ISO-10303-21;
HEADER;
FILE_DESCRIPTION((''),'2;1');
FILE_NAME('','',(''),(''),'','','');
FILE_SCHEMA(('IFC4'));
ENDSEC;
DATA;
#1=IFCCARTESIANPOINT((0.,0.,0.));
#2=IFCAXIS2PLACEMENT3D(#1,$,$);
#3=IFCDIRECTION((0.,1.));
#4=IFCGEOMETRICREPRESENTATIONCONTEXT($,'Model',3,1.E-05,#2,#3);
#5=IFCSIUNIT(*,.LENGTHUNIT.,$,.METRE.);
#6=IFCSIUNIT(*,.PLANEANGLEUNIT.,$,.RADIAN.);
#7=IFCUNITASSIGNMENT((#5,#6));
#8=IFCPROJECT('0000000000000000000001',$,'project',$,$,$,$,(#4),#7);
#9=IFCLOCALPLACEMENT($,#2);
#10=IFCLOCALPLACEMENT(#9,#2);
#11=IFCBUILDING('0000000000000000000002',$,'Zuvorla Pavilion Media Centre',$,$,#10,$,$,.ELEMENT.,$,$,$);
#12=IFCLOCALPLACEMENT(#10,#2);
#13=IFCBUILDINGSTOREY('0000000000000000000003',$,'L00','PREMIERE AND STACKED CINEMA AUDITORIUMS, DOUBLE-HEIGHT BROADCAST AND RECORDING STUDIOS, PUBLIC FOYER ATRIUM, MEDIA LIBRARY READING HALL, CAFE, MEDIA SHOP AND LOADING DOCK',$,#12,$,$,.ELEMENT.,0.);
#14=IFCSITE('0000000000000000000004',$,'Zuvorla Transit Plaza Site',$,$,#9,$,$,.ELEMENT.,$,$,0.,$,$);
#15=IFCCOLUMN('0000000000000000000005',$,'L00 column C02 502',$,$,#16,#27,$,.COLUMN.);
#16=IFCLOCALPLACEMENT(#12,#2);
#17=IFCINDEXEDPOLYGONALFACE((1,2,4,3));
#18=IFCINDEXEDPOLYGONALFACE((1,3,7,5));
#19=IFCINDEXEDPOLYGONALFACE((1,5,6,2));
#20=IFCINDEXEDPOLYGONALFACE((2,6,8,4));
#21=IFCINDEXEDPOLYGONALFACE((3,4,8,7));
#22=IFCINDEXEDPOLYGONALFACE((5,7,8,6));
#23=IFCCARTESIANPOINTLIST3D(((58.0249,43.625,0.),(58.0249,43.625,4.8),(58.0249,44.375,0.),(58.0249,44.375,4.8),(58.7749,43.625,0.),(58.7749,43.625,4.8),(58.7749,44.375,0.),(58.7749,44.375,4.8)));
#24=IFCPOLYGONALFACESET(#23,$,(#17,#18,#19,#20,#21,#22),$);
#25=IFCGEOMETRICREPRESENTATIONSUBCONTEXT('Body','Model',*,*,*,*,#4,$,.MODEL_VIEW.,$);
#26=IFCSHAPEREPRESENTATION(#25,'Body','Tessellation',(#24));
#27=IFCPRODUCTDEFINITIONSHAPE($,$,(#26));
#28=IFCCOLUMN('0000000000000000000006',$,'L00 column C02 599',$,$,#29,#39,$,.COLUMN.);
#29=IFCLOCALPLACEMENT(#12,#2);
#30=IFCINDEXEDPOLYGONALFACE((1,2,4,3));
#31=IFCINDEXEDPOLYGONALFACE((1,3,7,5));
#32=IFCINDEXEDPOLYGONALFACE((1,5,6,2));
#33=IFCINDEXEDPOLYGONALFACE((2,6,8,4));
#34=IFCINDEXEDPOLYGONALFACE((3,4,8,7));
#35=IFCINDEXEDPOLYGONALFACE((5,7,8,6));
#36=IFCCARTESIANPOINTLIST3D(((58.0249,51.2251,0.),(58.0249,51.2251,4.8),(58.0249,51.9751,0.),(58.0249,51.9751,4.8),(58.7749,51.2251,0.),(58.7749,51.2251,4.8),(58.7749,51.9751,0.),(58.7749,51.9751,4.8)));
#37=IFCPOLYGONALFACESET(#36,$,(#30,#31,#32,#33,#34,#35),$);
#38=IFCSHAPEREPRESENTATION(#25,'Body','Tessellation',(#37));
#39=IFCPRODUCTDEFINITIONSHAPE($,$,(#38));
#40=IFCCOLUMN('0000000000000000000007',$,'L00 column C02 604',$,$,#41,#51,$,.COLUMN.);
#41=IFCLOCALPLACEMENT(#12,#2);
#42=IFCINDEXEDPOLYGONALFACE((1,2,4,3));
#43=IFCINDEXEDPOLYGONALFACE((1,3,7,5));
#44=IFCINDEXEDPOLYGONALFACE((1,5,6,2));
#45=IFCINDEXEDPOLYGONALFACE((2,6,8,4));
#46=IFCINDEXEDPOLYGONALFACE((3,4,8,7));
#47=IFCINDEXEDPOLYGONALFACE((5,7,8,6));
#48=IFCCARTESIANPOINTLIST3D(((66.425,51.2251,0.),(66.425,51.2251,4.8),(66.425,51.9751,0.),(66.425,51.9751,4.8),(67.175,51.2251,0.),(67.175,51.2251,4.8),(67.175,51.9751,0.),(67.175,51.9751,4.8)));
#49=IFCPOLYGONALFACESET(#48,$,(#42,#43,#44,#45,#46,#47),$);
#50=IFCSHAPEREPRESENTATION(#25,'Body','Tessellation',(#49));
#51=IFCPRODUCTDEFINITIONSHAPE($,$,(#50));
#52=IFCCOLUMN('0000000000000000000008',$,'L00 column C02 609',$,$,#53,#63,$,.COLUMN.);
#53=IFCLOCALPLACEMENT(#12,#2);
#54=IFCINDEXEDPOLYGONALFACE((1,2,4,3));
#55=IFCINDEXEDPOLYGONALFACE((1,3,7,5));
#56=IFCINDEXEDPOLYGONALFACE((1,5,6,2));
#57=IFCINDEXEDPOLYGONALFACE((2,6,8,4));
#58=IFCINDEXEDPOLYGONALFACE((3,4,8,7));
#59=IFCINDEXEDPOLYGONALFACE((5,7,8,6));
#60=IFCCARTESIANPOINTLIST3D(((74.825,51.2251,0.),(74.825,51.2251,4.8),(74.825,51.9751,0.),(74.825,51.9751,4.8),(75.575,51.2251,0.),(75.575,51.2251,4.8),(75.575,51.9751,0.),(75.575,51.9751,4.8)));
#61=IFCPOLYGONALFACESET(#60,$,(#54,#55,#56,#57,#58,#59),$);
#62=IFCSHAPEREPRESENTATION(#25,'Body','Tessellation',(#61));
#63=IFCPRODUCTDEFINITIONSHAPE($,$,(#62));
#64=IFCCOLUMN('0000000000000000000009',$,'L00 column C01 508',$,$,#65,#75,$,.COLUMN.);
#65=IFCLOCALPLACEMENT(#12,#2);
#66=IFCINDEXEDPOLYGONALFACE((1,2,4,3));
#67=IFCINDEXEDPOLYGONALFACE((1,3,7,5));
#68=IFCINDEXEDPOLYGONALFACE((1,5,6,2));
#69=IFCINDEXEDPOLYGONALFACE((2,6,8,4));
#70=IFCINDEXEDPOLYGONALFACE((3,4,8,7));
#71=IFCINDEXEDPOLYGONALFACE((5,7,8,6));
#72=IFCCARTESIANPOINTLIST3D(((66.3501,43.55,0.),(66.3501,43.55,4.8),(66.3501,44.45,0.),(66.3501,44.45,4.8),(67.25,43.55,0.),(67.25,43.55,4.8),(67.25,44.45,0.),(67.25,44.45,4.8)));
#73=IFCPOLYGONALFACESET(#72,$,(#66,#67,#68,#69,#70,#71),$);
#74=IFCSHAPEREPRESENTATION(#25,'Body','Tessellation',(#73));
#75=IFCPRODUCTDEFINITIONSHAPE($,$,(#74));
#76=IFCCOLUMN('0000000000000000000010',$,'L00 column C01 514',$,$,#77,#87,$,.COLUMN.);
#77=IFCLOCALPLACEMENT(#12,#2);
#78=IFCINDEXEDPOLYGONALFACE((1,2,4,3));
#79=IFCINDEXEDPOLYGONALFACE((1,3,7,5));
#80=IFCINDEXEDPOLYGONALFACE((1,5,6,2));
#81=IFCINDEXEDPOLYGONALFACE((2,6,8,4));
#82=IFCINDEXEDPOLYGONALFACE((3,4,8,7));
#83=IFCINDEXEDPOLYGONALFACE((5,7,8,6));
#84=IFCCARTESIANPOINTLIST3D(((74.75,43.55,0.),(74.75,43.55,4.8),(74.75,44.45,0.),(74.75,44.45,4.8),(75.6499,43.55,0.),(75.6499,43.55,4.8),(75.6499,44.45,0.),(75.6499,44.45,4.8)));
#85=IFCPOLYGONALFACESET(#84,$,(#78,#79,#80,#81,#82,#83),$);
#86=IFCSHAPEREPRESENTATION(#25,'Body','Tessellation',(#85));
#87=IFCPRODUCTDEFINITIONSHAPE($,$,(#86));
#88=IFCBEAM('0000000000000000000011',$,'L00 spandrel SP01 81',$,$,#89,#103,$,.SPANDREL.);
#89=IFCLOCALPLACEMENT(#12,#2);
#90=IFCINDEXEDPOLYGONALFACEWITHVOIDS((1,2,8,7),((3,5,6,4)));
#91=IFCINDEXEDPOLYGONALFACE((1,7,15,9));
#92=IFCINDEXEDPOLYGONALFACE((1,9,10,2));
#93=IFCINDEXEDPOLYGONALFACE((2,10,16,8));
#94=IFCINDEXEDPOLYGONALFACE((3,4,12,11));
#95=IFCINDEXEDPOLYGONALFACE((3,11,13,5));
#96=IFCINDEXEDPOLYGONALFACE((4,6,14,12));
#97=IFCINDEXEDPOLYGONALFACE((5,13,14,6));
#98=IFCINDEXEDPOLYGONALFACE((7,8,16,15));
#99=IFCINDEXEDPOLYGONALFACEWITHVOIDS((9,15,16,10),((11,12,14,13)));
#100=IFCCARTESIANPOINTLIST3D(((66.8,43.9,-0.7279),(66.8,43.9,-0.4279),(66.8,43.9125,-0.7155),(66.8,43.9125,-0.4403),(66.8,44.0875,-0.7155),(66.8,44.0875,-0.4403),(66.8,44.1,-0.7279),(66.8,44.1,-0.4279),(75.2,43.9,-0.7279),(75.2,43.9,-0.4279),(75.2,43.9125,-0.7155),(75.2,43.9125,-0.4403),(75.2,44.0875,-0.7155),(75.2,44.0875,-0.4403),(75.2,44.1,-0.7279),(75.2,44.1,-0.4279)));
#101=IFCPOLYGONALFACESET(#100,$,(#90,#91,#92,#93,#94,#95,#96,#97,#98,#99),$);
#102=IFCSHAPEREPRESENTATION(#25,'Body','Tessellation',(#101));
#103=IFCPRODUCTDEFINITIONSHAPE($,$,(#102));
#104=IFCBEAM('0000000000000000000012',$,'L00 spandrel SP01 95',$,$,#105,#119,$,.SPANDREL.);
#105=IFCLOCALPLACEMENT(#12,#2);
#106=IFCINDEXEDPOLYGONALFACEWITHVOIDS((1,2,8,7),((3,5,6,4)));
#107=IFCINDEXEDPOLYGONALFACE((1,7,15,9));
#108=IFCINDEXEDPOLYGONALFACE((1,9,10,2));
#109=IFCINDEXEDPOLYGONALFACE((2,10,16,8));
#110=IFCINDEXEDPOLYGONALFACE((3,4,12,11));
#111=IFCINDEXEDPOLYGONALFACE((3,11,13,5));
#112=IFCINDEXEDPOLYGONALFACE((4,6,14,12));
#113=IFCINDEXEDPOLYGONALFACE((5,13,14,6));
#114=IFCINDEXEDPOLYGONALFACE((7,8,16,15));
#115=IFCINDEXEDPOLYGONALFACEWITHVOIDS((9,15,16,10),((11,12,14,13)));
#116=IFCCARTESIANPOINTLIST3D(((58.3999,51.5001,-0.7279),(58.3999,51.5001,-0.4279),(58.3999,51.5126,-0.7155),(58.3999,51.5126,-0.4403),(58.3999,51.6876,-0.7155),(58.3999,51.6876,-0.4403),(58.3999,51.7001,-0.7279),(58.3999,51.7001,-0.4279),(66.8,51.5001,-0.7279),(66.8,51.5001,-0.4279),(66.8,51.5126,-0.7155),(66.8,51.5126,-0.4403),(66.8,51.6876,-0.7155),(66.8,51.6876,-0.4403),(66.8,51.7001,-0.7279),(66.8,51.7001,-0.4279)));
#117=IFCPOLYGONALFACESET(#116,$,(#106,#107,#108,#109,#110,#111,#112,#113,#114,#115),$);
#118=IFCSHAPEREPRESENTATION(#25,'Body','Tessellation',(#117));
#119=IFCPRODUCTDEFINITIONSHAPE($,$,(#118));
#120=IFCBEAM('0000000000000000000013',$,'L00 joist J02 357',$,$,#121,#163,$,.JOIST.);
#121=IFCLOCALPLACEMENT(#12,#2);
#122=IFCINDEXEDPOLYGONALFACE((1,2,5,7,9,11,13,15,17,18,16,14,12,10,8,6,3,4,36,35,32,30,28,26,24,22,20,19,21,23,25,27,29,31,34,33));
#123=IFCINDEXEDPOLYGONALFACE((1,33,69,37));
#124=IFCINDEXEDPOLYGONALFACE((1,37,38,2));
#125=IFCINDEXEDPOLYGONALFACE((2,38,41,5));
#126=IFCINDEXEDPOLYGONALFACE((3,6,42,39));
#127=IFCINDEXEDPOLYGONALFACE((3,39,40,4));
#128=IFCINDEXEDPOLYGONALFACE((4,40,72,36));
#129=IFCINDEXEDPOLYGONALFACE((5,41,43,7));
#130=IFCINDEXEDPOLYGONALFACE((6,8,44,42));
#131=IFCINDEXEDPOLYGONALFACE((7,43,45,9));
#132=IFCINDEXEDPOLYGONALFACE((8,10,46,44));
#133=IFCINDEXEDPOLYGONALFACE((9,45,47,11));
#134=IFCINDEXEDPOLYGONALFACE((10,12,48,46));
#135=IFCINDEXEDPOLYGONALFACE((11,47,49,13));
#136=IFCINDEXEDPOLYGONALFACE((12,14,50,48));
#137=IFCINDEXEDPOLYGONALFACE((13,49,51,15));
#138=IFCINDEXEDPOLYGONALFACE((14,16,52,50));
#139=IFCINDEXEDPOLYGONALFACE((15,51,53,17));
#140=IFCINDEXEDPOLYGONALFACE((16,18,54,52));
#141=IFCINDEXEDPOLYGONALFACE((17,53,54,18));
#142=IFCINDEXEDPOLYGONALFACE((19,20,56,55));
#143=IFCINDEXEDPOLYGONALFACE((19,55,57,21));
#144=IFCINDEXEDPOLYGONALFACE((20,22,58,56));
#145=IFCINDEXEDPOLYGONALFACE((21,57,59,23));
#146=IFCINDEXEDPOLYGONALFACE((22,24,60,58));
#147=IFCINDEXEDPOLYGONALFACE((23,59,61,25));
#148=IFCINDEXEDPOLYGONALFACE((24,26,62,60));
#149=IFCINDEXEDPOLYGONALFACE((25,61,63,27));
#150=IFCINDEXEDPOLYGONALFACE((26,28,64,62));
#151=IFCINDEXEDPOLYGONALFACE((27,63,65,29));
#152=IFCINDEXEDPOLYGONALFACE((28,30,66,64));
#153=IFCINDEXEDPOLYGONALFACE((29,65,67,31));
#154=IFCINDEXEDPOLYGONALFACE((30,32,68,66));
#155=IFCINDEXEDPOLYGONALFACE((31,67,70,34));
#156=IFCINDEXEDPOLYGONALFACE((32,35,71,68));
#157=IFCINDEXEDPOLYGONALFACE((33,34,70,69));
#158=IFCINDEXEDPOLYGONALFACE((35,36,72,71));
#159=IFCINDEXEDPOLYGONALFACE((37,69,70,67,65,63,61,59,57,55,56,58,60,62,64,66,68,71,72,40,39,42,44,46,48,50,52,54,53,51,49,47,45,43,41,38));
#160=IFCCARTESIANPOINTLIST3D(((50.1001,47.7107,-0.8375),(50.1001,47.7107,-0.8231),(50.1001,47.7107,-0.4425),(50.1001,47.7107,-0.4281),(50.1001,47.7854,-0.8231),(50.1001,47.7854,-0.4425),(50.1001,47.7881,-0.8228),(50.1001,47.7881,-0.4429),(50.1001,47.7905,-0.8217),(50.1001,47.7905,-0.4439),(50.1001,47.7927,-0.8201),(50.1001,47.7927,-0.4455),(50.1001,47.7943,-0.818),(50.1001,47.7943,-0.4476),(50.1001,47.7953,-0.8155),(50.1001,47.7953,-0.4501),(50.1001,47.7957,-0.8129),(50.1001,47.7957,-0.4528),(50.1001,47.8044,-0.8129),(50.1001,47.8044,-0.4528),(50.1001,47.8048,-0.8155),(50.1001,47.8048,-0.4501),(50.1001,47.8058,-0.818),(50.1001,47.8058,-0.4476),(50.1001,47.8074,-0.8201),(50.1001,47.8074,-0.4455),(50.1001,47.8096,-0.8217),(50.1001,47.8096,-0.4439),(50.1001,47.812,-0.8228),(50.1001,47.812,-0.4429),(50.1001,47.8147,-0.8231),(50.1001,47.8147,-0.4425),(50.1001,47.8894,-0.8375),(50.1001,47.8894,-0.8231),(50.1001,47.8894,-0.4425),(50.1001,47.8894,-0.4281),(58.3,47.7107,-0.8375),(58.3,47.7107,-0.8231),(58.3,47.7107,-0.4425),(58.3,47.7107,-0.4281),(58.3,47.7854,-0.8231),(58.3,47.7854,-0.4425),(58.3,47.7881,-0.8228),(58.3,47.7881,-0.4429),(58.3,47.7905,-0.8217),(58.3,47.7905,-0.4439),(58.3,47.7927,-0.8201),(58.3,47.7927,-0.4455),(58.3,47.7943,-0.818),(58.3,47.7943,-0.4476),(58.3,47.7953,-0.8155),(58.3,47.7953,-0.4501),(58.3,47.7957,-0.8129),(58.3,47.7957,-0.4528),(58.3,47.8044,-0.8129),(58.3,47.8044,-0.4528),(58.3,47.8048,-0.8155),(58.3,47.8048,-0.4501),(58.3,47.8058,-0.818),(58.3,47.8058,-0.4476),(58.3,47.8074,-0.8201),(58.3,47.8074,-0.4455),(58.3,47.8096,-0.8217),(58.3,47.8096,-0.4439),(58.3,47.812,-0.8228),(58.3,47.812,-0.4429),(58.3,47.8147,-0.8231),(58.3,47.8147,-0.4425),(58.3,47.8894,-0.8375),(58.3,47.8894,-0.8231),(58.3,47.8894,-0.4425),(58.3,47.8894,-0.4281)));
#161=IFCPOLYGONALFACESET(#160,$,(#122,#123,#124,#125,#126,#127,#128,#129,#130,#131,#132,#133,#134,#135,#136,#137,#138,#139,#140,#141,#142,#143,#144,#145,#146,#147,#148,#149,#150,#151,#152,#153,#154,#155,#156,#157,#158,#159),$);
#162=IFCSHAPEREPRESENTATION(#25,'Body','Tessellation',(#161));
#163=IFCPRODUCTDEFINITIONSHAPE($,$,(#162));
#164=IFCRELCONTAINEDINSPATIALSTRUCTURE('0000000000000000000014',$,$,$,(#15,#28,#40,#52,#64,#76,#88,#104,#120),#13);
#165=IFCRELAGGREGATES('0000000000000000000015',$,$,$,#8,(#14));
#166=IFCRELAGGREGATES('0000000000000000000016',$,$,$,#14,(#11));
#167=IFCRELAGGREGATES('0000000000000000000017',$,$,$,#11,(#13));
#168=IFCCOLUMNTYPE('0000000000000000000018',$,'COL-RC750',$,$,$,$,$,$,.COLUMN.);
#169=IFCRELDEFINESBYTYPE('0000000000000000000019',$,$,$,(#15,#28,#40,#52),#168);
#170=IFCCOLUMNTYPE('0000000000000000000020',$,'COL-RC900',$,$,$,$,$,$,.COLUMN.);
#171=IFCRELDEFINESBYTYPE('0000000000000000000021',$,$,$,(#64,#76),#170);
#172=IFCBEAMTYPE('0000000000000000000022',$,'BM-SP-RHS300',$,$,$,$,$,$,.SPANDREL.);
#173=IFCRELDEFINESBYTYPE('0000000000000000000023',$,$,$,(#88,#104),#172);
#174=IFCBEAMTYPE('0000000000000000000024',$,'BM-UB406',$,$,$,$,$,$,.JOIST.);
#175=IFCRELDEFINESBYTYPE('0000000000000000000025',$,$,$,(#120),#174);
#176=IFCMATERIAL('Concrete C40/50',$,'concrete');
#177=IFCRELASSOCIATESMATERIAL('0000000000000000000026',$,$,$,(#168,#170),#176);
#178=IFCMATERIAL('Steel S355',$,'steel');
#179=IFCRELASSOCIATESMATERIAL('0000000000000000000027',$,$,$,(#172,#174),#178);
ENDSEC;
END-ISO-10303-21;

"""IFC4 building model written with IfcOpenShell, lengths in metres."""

from ifc_helpers import new_model, si_unit, direction, frame, origin, origin_2d, place, context, subcontext, project, spatial, rectangle, hollow_rectangle, i_section, extrude, material, material_profile, profile_set, type_object, element, save


model = new_model("IFC4")

# Units and contexts
model_context = context("Model", 3, precision=1e-05, world=origin(), true_north=direction((0.0, 1.0)))
body_context = subcontext(model_context, "Body", "Model", "MODEL_VIEW")
ifc_project = project(units=[si_unit("LENGTHUNIT", "METRE"), si_unit("PLANEANGLEUNIT", "RADIAN")], contexts=[model_context])

# Site, building, storey
site_placement = place(None, origin())
site = spatial("IfcSite", under=ifc_project, at=site_placement, Name="Zuvorla Transit Plaza Site", CompositionType="ELEMENT", RefElevation=0.0)
building_placement = place(site_placement, origin())
building = spatial("IfcBuilding", under=site, at=building_placement, Name="Zuvorla Pavilion Media Centre", CompositionType="ELEMENT")
storey_placement = place(building_placement, origin())
storey = spatial("IfcBuildingStorey", under=building, at=storey_placement, Name="L00", Description="PREMIERE AND STACKED CINEMA AUDITORIUMS, DOUBLE-HEIGHT BROADCAST AND RECORDING STUDIOS, PUBLIC FOYER ATRIUM, MEDIA LIBRARY READING HALL, CAFE, MEDIA SHOP AND LOADING DOCK", CompositionType="ELEMENT", Elevation=0.0)

# Columns
ifc_material_1 = material(Name="Concrete C40/50", Category="concrete")
ifc_material_profile_1 = material_profile(ifc_material_1, rectangle(XDim=0.75, YDim=0.75, at=origin_2d()), Name="RC 750x750")
ifc_profile_set_1 = profile_set([ifc_material_profile_1], Name="Concrete C40/50")
column_type_1 = type_object("IfcColumnType", Name="COL-RC750", PredefinedType="COLUMN", material=ifc_profile_set_1)
for number, where, z_axis, x_axis, name in (
    (1, (58.3999, 44.0, 0.0), (0.0, 0.0, 1.0), (1.0, 0.0, 0.0), "L00 column C02 502"),
    (2, (58.3999, 51.6001, 0.0), (0.0, 0.0, 1.0), (1.0, 0.0, 0.0), "L00 column C02 599"),
    (3, (66.8, 51.6001, 0.0), (0.0, 0.0, 1.0), (1.0, 0.0, 0.0), "L00 column C02 604"),
    (4, (75.2, 51.6001, 0.0), (0.0, 0.0, 1.0), (1.0, 0.0, 0.0), "L00 column C02 609"),
):
    element("IfcColumn", number, at=place(storey_placement, frame(where, z_axis=z_axis, x_axis=x_axis)), inside=storey, type_object=column_type_1, Name=name, PredefinedType="COLUMN", context=body_context, shape_type="SweptSolid", body=[
        extrude(rectangle(XDim=0.75, YDim=0.75, at=origin_2d()), origin(), (0.0, 0.0, 1.0), 4.8),
    ])
ifc_material_profile_2 = material_profile(ifc_material_1, rectangle(XDim=0.8999, YDim=0.8999, at=origin_2d()), Name="RC 900x900")
ifc_profile_set_2 = profile_set([ifc_material_profile_2], Name="Concrete C40/50")
column_type_2 = type_object("IfcColumnType", Name="COL-RC900", PredefinedType="COLUMN", material=ifc_profile_set_2)
for number, where, z_axis, x_axis, name in (
    (5, (66.8, 44.0, 0.0), (0.0, 0.0, 1.0), (1.0, 0.0, 0.0), "L00 column C01 508"),
    (6, (75.2, 44.0, 0.0), (0.0, 0.0, 1.0), (1.0, 0.0, 0.0), "L00 column C01 514"),
):
    element("IfcColumn", number, at=place(storey_placement, frame(where, z_axis=z_axis, x_axis=x_axis)), inside=storey, type_object=column_type_2, Name=name, PredefinedType="COLUMN", context=body_context, shape_type="SweptSolid", body=[
        extrude(rectangle(XDim=0.8999, YDim=0.8999, at=origin_2d()), origin(), (0.0, 0.0, 1.0), 4.8),
    ])

# Beams
ifc_material_2 = material(Name="Steel S355", Category="steel")
ifc_material_profile_3 = material_profile(ifc_material_2, hollow_rectangle(XDim=0.2, YDim=0.3, WallThickness=0.0125, at=origin_2d()), Name="RHS 300x200x12.5")
ifc_profile_set_3 = profile_set([ifc_material_profile_3], Name="Steel S355")
beam_type_1 = type_object("IfcBeamType", Name="BM-SP-RHS300", PredefinedType="SPANDREL", material=ifc_profile_set_3)
beam_1_placement = place(storey_placement, frame((66.8, 44.0, -0.5779), z_axis=(1.0, 0.0, 0.0), x_axis=(0.0, 1.0, 0.0)))
element("IfcBeam", 7, at=beam_1_placement, inside=storey, type_object=beam_type_1, Name="L00 spandrel SP01 81", PredefinedType="SPANDREL", context=body_context, shape_type="SweptSolid", body=[
    extrude(hollow_rectangle(XDim=0.2, YDim=0.3, WallThickness=0.0125, at=origin_2d()), origin(), (0.0, 0.0, 1.0), 8.3999),
])
beam_2_placement = place(storey_placement, frame((58.3999, 51.6001, -0.5779), z_axis=(1.0, 0.0, 0.0), x_axis=(0.0, 1.0, 0.0)))
element("IfcBeam", 8, at=beam_2_placement, inside=storey, type_object=beam_type_1, Name="L00 spandrel SP01 95", PredefinedType="SPANDREL", context=body_context, shape_type="SweptSolid", body=[
    extrude(hollow_rectangle(XDim=0.2, YDim=0.3, WallThickness=0.0125, at=origin_2d()), origin(), (0.0, 0.0, 1.0), 8.4001),
])
ifc_material_profile_4 = material_profile(ifc_material_2, i_section(OverallWidth=0.1787, OverallDepth=0.4094, WebThickness=0.0088, FlangeThickness=0.0144, FilletRadius=0.0103, at=origin_2d()), Name="UB 406x178x67")
ifc_profile_set_4 = profile_set([ifc_material_profile_4], Name="Steel S355")
beam_type_2 = type_object("IfcBeamType", Name="BM-UB406", PredefinedType="JOIST", material=ifc_profile_set_4)
for number, where, z_axis, x_axis, name in (
    (9, (50.1001, 47.8, -0.6328), (1.0, 0.0, 0.0), (0.0, 1.0, 0.0), "L00 joist J02 357"),
):
    element("IfcBeam", number, at=place(storey_placement, frame(where, z_axis=z_axis, x_axis=x_axis)), inside=storey, type_object=beam_type_2, Name=name, PredefinedType="JOIST", context=body_context, shape_type="SweptSolid", body=[
        extrude(i_section(OverallWidth=0.1787, OverallDepth=0.4094, WebThickness=0.0088, FlangeThickness=0.0144, FilletRadius=0.0103, at=origin_2d()), origin(), (0.0, 0.0, 1.0), 8.2),
    ])

save(model, "model.ifc")
